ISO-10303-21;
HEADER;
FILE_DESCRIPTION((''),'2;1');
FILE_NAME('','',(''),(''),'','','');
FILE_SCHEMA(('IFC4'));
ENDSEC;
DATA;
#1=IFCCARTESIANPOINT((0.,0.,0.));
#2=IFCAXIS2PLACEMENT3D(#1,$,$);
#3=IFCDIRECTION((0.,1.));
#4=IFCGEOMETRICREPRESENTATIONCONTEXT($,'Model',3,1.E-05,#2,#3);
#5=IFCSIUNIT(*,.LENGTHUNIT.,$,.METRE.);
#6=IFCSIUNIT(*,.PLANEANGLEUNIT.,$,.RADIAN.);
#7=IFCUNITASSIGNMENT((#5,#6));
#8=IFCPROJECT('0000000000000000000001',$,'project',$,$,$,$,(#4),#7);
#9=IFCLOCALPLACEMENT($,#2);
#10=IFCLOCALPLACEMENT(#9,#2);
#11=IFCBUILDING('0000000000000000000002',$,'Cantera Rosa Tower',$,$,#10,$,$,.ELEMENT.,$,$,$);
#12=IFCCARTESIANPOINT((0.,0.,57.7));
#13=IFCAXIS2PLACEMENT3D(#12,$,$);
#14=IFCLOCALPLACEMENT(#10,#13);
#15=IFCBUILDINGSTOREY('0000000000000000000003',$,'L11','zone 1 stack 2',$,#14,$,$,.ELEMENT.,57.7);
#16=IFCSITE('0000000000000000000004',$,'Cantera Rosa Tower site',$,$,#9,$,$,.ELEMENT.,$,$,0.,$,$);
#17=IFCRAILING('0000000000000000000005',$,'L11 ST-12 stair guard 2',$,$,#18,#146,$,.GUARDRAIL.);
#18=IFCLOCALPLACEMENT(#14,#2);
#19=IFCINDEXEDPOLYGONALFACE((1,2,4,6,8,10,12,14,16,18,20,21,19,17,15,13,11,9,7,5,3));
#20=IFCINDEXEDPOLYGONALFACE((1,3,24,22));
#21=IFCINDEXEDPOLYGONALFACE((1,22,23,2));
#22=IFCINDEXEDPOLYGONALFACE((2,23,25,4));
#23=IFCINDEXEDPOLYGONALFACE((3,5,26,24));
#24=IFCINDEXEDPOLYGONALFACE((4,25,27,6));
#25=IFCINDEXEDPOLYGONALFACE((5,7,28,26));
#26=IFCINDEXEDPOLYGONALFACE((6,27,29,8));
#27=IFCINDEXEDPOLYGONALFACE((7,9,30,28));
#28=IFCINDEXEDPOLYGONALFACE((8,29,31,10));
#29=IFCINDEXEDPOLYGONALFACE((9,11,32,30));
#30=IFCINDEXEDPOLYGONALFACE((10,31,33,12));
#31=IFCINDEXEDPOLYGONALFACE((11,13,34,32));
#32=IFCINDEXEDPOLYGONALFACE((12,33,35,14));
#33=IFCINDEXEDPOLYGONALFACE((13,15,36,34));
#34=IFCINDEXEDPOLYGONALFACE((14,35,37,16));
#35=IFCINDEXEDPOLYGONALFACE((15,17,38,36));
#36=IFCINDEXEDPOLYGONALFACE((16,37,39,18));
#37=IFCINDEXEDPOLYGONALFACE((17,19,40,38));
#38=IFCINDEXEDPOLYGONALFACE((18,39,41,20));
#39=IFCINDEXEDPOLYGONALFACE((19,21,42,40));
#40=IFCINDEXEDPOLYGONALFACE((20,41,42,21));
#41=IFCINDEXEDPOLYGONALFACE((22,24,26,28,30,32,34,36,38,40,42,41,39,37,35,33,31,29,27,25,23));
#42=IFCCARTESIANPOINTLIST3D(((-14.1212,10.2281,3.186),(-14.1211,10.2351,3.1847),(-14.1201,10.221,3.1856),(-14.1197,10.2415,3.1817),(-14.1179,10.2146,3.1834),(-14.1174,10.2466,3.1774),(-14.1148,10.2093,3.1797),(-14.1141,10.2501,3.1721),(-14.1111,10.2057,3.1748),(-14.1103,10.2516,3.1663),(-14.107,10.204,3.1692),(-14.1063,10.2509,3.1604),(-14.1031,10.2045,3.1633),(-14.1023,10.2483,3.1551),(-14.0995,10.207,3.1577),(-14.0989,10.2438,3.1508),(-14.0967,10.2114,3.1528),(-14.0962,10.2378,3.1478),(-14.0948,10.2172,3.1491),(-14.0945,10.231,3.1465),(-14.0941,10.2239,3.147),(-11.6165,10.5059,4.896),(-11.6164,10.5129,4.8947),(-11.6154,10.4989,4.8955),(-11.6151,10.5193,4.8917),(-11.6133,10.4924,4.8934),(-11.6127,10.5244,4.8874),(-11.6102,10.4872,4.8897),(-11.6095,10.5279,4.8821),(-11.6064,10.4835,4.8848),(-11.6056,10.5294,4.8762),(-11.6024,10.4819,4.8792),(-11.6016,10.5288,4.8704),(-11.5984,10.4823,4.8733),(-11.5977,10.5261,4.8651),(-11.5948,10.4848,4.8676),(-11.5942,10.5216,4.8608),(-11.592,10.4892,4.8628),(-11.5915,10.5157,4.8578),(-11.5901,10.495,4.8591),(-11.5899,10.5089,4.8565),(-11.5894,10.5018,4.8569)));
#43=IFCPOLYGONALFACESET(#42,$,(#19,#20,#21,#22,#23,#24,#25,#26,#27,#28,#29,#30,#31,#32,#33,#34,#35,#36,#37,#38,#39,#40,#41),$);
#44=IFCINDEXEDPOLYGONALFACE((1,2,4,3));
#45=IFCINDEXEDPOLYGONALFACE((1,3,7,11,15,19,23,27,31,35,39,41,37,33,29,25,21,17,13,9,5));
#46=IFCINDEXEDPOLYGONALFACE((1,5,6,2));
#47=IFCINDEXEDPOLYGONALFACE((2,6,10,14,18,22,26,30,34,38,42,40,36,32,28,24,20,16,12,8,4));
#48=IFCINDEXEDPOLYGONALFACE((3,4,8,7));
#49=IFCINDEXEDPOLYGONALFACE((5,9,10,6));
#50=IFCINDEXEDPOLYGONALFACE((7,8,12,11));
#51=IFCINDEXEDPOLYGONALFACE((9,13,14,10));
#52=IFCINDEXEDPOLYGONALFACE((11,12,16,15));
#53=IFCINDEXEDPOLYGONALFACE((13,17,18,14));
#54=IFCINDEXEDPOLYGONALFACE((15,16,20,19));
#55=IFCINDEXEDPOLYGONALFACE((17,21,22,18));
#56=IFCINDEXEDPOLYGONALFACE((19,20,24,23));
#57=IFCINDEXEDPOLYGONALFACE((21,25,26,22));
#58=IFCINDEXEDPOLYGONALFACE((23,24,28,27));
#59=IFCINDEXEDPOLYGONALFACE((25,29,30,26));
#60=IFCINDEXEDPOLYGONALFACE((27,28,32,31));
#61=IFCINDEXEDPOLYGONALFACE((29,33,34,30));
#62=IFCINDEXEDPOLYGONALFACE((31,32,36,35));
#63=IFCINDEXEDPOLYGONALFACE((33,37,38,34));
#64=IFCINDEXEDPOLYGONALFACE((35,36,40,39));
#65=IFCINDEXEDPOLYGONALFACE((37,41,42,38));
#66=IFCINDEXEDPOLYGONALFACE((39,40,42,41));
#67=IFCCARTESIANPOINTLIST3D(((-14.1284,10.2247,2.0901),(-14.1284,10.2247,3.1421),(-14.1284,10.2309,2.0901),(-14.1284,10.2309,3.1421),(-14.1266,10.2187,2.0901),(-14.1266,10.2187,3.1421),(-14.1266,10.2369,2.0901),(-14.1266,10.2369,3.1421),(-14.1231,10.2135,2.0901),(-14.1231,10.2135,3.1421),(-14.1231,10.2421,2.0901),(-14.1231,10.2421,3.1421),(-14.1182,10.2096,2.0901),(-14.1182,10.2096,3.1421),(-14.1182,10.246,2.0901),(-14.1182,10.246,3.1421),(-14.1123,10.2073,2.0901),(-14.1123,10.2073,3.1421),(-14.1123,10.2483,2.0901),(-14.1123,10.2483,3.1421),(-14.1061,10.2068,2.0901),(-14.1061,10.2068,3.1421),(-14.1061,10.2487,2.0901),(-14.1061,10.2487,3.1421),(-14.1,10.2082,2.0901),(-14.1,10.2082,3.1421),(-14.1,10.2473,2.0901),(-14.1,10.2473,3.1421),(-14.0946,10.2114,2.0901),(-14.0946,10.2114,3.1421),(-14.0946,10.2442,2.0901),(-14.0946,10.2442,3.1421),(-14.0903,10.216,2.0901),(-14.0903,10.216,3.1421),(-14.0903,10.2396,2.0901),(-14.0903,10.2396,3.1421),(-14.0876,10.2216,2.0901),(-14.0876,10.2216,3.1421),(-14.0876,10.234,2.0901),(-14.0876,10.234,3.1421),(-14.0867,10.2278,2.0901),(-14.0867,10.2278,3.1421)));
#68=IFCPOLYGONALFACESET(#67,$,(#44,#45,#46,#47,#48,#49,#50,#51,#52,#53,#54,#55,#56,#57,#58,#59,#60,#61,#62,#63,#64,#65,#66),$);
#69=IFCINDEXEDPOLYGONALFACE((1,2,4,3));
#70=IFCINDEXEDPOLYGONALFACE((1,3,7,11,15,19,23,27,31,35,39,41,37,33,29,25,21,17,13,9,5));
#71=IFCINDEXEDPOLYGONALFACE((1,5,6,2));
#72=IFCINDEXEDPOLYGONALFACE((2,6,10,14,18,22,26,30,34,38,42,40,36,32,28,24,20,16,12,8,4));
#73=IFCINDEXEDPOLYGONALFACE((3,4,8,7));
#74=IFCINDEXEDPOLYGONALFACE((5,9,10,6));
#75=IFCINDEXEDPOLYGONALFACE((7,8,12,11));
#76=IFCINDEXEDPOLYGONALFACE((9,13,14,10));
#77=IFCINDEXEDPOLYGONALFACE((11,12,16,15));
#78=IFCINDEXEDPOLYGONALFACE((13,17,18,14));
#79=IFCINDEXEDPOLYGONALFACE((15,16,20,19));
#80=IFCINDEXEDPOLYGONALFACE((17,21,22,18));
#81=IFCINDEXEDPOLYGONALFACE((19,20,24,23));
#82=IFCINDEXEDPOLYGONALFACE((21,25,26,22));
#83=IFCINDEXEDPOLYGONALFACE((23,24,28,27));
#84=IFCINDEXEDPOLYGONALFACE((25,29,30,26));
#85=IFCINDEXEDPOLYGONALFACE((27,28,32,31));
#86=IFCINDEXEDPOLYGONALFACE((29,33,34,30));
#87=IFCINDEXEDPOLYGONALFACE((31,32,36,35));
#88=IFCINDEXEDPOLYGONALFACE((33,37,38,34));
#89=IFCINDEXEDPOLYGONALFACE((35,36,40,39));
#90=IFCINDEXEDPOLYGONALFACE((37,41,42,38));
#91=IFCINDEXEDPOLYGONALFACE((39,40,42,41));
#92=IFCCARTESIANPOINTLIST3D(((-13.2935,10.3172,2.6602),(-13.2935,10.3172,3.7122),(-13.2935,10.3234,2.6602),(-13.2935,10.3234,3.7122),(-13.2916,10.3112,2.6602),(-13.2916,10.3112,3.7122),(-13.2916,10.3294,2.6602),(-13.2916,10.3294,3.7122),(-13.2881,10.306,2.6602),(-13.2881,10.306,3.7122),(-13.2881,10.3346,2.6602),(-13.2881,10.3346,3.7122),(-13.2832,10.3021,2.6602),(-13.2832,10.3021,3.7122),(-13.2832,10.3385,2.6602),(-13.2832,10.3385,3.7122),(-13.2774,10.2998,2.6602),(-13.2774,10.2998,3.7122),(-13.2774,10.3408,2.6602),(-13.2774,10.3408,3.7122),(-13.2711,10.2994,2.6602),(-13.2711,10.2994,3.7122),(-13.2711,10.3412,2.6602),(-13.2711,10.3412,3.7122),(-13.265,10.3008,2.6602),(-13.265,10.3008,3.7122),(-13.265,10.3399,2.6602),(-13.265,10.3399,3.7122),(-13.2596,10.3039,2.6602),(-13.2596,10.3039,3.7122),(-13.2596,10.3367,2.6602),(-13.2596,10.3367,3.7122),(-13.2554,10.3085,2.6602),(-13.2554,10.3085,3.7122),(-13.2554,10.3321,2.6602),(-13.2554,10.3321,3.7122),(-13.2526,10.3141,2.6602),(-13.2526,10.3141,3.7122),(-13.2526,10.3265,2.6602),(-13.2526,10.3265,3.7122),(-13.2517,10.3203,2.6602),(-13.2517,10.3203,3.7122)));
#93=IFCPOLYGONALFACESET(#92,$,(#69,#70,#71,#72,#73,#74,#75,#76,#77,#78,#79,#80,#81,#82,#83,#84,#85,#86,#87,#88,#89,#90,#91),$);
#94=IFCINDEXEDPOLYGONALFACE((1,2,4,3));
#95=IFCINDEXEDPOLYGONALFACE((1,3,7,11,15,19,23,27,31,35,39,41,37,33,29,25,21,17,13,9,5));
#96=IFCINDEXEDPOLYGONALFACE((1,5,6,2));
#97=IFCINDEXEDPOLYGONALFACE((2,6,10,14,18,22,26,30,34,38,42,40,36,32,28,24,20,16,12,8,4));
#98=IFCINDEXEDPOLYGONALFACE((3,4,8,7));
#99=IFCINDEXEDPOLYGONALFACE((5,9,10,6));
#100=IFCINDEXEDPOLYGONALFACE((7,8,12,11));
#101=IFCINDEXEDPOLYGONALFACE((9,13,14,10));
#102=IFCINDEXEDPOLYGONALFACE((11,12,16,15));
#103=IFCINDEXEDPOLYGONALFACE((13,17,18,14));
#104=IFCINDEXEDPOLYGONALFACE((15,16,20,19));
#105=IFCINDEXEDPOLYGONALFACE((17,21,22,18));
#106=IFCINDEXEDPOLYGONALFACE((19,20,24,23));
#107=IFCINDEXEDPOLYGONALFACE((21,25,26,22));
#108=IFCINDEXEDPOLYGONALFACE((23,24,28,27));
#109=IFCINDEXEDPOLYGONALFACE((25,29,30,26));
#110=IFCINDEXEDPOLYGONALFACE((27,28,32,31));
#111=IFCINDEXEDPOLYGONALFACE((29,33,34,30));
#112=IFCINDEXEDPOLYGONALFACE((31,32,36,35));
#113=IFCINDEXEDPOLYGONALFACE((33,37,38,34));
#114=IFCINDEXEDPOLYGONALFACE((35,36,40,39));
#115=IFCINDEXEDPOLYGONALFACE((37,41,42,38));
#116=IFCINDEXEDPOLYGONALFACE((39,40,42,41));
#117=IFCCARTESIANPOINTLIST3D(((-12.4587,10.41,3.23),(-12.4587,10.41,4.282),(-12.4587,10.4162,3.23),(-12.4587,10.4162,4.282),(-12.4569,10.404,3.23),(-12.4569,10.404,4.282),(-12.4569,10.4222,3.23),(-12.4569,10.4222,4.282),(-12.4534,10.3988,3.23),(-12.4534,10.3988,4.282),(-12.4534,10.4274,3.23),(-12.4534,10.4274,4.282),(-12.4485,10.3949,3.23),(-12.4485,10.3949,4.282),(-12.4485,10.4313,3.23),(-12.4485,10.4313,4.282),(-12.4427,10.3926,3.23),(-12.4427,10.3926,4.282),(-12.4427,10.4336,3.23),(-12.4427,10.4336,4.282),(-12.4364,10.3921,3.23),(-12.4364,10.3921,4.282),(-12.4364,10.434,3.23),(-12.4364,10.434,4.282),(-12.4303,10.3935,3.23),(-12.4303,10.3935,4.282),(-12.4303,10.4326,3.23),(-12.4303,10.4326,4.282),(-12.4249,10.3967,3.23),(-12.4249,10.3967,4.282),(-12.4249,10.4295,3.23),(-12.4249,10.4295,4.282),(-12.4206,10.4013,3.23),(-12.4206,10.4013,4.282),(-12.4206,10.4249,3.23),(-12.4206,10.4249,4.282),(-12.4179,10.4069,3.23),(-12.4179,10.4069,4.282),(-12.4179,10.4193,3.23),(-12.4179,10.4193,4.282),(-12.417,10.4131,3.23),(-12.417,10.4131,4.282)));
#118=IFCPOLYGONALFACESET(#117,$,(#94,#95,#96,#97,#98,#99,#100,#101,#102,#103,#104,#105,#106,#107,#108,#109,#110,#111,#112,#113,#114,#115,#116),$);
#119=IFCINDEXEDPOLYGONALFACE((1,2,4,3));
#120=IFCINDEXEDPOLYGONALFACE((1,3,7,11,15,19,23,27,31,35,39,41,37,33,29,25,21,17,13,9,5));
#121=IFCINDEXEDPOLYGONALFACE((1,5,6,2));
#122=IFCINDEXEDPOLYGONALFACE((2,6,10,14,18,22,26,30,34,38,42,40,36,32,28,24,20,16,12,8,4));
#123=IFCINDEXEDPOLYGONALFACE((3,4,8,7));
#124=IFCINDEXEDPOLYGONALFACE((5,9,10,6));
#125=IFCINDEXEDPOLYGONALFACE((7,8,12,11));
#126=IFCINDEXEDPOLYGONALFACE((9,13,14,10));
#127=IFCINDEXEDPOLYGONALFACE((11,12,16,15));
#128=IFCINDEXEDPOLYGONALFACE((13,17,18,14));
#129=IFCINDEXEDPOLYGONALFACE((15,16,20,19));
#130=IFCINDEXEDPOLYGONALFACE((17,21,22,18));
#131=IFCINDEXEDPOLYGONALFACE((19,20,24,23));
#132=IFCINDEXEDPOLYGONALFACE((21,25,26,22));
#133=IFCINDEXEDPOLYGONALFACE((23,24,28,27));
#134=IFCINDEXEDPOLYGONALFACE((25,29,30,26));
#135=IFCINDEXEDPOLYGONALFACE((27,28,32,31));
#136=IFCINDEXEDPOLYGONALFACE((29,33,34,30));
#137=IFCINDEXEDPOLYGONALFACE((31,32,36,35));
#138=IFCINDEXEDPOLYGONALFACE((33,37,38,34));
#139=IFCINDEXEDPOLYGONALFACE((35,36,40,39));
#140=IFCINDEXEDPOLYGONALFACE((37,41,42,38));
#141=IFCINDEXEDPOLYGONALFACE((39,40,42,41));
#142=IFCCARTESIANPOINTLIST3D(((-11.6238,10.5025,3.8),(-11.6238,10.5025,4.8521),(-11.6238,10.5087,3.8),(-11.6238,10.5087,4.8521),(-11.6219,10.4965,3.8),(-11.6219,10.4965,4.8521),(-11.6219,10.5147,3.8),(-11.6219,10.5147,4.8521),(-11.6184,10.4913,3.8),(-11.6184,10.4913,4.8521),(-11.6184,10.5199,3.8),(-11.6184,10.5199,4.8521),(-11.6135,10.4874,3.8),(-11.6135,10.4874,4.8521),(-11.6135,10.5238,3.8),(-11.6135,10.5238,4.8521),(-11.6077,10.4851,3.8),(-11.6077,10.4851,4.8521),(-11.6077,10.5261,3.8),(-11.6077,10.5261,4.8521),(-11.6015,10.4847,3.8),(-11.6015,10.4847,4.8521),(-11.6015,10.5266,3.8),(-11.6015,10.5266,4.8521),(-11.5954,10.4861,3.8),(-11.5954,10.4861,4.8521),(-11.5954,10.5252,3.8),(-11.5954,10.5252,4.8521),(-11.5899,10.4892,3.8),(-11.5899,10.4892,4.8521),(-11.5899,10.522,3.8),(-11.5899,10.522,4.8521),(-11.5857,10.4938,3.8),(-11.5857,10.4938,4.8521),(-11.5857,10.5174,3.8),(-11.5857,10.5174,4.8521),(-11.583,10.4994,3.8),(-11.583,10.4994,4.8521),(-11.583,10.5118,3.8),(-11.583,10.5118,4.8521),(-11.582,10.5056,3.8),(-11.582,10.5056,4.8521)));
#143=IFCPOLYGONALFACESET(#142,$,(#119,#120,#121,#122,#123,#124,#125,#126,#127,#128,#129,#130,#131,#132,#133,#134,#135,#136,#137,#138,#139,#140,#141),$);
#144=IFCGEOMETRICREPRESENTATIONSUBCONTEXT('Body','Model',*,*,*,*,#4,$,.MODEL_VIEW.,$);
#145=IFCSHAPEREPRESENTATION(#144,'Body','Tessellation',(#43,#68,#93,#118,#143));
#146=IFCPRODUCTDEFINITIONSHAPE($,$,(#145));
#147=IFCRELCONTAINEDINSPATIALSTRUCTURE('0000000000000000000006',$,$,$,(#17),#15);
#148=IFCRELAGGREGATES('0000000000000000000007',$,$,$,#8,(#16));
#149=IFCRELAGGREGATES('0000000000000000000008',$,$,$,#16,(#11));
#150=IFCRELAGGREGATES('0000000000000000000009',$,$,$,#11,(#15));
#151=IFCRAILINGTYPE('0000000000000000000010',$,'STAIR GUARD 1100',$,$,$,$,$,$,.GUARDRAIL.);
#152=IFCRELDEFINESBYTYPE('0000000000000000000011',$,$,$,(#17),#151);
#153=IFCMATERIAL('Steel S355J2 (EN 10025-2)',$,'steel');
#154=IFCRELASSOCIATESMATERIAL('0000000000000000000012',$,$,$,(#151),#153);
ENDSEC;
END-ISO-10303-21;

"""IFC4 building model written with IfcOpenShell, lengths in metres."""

from ifc_helpers import new_model, si_unit, direction, frame, origin, origin_2d, place, context, subcontext, project, spatial, circle, extrude, material, type_object, element, save


model = new_model("IFC4")

# Units and contexts
model_context = context("Model", 3, precision=1e-05, world=origin(), true_north=direction((0.0, 1.0)))
body_context = subcontext(model_context, "Body", "Model", "MODEL_VIEW")
ifc_project = project(units=[si_unit("LENGTHUNIT", "METRE"), si_unit("PLANEANGLEUNIT", "RADIAN")], contexts=[model_context])

# Site, building, storey
site_placement = place(None, origin())
site = spatial("IfcSite", under=ifc_project, at=site_placement, Name="Cantera Rosa Tower site", CompositionType="ELEMENT", RefElevation=0.0)
building_placement = place(site_placement, origin())
building = spatial("IfcBuilding", under=site, at=building_placement, Name="Cantera Rosa Tower", CompositionType="ELEMENT")
storey_placement = place(building_placement, frame((0.0, 0.0, 57.7)))
storey = spatial("IfcBuildingStorey", under=building, at=storey_placement, Name="L11", Description="zone 1 stack 2", CompositionType="ELEMENT", Elevation=57.7)

# Railing
ifc_material_1 = material(Name="Steel S355J2 (EN 10025-2)", Category="steel")
railing_type_1 = type_object("IfcRailingType", Name="STAIR GUARD 1100", PredefinedType="GUARDRAIL", material=ifc_material_1)
railing_1_placement = place(storey_placement, frame((-14.1077, 10.2278, 2.0901)))
element("IfcRailing", 1, at=railing_1_placement, inside=storey, type_object=railing_type_1, Name="L11 ST-12 stair guard 2", PredefinedType="GUARDRAIL", context=body_context, shape_type="SweptSolid", body=[
    extrude(circle(Radius=0.0239, at=origin_2d()), frame((0.0, 0.0, 1.0762), z_axis=(0.822437, 0.091231, 0.561492), x_axis=(-0.110251, 0.993904, 0.0)), (0.0, 0.0, 1.0), 3.0454),
    extrude(circle(Radius=0.021, at=origin_2d()), origin(), (0.0, 0.0, 1.0), 1.052),
    extrude(circle(Radius=0.021, at=origin_2d()), frame((0.835, 0.0925, 0.5701)), (0.0, 0.0, 1.0), 1.052),
    extrude(circle(Radius=0.021, at=origin_2d()), frame((1.6697, 0.1853, 1.1399)), (0.0, 0.0, 1.0), 1.052),
    extrude(circle(Radius=0.021, at=origin_2d()), frame((2.5046, 0.2778, 1.71)), (0.0, 0.0, 1.0), 1.052),
])

save(model, "model.ifc")
